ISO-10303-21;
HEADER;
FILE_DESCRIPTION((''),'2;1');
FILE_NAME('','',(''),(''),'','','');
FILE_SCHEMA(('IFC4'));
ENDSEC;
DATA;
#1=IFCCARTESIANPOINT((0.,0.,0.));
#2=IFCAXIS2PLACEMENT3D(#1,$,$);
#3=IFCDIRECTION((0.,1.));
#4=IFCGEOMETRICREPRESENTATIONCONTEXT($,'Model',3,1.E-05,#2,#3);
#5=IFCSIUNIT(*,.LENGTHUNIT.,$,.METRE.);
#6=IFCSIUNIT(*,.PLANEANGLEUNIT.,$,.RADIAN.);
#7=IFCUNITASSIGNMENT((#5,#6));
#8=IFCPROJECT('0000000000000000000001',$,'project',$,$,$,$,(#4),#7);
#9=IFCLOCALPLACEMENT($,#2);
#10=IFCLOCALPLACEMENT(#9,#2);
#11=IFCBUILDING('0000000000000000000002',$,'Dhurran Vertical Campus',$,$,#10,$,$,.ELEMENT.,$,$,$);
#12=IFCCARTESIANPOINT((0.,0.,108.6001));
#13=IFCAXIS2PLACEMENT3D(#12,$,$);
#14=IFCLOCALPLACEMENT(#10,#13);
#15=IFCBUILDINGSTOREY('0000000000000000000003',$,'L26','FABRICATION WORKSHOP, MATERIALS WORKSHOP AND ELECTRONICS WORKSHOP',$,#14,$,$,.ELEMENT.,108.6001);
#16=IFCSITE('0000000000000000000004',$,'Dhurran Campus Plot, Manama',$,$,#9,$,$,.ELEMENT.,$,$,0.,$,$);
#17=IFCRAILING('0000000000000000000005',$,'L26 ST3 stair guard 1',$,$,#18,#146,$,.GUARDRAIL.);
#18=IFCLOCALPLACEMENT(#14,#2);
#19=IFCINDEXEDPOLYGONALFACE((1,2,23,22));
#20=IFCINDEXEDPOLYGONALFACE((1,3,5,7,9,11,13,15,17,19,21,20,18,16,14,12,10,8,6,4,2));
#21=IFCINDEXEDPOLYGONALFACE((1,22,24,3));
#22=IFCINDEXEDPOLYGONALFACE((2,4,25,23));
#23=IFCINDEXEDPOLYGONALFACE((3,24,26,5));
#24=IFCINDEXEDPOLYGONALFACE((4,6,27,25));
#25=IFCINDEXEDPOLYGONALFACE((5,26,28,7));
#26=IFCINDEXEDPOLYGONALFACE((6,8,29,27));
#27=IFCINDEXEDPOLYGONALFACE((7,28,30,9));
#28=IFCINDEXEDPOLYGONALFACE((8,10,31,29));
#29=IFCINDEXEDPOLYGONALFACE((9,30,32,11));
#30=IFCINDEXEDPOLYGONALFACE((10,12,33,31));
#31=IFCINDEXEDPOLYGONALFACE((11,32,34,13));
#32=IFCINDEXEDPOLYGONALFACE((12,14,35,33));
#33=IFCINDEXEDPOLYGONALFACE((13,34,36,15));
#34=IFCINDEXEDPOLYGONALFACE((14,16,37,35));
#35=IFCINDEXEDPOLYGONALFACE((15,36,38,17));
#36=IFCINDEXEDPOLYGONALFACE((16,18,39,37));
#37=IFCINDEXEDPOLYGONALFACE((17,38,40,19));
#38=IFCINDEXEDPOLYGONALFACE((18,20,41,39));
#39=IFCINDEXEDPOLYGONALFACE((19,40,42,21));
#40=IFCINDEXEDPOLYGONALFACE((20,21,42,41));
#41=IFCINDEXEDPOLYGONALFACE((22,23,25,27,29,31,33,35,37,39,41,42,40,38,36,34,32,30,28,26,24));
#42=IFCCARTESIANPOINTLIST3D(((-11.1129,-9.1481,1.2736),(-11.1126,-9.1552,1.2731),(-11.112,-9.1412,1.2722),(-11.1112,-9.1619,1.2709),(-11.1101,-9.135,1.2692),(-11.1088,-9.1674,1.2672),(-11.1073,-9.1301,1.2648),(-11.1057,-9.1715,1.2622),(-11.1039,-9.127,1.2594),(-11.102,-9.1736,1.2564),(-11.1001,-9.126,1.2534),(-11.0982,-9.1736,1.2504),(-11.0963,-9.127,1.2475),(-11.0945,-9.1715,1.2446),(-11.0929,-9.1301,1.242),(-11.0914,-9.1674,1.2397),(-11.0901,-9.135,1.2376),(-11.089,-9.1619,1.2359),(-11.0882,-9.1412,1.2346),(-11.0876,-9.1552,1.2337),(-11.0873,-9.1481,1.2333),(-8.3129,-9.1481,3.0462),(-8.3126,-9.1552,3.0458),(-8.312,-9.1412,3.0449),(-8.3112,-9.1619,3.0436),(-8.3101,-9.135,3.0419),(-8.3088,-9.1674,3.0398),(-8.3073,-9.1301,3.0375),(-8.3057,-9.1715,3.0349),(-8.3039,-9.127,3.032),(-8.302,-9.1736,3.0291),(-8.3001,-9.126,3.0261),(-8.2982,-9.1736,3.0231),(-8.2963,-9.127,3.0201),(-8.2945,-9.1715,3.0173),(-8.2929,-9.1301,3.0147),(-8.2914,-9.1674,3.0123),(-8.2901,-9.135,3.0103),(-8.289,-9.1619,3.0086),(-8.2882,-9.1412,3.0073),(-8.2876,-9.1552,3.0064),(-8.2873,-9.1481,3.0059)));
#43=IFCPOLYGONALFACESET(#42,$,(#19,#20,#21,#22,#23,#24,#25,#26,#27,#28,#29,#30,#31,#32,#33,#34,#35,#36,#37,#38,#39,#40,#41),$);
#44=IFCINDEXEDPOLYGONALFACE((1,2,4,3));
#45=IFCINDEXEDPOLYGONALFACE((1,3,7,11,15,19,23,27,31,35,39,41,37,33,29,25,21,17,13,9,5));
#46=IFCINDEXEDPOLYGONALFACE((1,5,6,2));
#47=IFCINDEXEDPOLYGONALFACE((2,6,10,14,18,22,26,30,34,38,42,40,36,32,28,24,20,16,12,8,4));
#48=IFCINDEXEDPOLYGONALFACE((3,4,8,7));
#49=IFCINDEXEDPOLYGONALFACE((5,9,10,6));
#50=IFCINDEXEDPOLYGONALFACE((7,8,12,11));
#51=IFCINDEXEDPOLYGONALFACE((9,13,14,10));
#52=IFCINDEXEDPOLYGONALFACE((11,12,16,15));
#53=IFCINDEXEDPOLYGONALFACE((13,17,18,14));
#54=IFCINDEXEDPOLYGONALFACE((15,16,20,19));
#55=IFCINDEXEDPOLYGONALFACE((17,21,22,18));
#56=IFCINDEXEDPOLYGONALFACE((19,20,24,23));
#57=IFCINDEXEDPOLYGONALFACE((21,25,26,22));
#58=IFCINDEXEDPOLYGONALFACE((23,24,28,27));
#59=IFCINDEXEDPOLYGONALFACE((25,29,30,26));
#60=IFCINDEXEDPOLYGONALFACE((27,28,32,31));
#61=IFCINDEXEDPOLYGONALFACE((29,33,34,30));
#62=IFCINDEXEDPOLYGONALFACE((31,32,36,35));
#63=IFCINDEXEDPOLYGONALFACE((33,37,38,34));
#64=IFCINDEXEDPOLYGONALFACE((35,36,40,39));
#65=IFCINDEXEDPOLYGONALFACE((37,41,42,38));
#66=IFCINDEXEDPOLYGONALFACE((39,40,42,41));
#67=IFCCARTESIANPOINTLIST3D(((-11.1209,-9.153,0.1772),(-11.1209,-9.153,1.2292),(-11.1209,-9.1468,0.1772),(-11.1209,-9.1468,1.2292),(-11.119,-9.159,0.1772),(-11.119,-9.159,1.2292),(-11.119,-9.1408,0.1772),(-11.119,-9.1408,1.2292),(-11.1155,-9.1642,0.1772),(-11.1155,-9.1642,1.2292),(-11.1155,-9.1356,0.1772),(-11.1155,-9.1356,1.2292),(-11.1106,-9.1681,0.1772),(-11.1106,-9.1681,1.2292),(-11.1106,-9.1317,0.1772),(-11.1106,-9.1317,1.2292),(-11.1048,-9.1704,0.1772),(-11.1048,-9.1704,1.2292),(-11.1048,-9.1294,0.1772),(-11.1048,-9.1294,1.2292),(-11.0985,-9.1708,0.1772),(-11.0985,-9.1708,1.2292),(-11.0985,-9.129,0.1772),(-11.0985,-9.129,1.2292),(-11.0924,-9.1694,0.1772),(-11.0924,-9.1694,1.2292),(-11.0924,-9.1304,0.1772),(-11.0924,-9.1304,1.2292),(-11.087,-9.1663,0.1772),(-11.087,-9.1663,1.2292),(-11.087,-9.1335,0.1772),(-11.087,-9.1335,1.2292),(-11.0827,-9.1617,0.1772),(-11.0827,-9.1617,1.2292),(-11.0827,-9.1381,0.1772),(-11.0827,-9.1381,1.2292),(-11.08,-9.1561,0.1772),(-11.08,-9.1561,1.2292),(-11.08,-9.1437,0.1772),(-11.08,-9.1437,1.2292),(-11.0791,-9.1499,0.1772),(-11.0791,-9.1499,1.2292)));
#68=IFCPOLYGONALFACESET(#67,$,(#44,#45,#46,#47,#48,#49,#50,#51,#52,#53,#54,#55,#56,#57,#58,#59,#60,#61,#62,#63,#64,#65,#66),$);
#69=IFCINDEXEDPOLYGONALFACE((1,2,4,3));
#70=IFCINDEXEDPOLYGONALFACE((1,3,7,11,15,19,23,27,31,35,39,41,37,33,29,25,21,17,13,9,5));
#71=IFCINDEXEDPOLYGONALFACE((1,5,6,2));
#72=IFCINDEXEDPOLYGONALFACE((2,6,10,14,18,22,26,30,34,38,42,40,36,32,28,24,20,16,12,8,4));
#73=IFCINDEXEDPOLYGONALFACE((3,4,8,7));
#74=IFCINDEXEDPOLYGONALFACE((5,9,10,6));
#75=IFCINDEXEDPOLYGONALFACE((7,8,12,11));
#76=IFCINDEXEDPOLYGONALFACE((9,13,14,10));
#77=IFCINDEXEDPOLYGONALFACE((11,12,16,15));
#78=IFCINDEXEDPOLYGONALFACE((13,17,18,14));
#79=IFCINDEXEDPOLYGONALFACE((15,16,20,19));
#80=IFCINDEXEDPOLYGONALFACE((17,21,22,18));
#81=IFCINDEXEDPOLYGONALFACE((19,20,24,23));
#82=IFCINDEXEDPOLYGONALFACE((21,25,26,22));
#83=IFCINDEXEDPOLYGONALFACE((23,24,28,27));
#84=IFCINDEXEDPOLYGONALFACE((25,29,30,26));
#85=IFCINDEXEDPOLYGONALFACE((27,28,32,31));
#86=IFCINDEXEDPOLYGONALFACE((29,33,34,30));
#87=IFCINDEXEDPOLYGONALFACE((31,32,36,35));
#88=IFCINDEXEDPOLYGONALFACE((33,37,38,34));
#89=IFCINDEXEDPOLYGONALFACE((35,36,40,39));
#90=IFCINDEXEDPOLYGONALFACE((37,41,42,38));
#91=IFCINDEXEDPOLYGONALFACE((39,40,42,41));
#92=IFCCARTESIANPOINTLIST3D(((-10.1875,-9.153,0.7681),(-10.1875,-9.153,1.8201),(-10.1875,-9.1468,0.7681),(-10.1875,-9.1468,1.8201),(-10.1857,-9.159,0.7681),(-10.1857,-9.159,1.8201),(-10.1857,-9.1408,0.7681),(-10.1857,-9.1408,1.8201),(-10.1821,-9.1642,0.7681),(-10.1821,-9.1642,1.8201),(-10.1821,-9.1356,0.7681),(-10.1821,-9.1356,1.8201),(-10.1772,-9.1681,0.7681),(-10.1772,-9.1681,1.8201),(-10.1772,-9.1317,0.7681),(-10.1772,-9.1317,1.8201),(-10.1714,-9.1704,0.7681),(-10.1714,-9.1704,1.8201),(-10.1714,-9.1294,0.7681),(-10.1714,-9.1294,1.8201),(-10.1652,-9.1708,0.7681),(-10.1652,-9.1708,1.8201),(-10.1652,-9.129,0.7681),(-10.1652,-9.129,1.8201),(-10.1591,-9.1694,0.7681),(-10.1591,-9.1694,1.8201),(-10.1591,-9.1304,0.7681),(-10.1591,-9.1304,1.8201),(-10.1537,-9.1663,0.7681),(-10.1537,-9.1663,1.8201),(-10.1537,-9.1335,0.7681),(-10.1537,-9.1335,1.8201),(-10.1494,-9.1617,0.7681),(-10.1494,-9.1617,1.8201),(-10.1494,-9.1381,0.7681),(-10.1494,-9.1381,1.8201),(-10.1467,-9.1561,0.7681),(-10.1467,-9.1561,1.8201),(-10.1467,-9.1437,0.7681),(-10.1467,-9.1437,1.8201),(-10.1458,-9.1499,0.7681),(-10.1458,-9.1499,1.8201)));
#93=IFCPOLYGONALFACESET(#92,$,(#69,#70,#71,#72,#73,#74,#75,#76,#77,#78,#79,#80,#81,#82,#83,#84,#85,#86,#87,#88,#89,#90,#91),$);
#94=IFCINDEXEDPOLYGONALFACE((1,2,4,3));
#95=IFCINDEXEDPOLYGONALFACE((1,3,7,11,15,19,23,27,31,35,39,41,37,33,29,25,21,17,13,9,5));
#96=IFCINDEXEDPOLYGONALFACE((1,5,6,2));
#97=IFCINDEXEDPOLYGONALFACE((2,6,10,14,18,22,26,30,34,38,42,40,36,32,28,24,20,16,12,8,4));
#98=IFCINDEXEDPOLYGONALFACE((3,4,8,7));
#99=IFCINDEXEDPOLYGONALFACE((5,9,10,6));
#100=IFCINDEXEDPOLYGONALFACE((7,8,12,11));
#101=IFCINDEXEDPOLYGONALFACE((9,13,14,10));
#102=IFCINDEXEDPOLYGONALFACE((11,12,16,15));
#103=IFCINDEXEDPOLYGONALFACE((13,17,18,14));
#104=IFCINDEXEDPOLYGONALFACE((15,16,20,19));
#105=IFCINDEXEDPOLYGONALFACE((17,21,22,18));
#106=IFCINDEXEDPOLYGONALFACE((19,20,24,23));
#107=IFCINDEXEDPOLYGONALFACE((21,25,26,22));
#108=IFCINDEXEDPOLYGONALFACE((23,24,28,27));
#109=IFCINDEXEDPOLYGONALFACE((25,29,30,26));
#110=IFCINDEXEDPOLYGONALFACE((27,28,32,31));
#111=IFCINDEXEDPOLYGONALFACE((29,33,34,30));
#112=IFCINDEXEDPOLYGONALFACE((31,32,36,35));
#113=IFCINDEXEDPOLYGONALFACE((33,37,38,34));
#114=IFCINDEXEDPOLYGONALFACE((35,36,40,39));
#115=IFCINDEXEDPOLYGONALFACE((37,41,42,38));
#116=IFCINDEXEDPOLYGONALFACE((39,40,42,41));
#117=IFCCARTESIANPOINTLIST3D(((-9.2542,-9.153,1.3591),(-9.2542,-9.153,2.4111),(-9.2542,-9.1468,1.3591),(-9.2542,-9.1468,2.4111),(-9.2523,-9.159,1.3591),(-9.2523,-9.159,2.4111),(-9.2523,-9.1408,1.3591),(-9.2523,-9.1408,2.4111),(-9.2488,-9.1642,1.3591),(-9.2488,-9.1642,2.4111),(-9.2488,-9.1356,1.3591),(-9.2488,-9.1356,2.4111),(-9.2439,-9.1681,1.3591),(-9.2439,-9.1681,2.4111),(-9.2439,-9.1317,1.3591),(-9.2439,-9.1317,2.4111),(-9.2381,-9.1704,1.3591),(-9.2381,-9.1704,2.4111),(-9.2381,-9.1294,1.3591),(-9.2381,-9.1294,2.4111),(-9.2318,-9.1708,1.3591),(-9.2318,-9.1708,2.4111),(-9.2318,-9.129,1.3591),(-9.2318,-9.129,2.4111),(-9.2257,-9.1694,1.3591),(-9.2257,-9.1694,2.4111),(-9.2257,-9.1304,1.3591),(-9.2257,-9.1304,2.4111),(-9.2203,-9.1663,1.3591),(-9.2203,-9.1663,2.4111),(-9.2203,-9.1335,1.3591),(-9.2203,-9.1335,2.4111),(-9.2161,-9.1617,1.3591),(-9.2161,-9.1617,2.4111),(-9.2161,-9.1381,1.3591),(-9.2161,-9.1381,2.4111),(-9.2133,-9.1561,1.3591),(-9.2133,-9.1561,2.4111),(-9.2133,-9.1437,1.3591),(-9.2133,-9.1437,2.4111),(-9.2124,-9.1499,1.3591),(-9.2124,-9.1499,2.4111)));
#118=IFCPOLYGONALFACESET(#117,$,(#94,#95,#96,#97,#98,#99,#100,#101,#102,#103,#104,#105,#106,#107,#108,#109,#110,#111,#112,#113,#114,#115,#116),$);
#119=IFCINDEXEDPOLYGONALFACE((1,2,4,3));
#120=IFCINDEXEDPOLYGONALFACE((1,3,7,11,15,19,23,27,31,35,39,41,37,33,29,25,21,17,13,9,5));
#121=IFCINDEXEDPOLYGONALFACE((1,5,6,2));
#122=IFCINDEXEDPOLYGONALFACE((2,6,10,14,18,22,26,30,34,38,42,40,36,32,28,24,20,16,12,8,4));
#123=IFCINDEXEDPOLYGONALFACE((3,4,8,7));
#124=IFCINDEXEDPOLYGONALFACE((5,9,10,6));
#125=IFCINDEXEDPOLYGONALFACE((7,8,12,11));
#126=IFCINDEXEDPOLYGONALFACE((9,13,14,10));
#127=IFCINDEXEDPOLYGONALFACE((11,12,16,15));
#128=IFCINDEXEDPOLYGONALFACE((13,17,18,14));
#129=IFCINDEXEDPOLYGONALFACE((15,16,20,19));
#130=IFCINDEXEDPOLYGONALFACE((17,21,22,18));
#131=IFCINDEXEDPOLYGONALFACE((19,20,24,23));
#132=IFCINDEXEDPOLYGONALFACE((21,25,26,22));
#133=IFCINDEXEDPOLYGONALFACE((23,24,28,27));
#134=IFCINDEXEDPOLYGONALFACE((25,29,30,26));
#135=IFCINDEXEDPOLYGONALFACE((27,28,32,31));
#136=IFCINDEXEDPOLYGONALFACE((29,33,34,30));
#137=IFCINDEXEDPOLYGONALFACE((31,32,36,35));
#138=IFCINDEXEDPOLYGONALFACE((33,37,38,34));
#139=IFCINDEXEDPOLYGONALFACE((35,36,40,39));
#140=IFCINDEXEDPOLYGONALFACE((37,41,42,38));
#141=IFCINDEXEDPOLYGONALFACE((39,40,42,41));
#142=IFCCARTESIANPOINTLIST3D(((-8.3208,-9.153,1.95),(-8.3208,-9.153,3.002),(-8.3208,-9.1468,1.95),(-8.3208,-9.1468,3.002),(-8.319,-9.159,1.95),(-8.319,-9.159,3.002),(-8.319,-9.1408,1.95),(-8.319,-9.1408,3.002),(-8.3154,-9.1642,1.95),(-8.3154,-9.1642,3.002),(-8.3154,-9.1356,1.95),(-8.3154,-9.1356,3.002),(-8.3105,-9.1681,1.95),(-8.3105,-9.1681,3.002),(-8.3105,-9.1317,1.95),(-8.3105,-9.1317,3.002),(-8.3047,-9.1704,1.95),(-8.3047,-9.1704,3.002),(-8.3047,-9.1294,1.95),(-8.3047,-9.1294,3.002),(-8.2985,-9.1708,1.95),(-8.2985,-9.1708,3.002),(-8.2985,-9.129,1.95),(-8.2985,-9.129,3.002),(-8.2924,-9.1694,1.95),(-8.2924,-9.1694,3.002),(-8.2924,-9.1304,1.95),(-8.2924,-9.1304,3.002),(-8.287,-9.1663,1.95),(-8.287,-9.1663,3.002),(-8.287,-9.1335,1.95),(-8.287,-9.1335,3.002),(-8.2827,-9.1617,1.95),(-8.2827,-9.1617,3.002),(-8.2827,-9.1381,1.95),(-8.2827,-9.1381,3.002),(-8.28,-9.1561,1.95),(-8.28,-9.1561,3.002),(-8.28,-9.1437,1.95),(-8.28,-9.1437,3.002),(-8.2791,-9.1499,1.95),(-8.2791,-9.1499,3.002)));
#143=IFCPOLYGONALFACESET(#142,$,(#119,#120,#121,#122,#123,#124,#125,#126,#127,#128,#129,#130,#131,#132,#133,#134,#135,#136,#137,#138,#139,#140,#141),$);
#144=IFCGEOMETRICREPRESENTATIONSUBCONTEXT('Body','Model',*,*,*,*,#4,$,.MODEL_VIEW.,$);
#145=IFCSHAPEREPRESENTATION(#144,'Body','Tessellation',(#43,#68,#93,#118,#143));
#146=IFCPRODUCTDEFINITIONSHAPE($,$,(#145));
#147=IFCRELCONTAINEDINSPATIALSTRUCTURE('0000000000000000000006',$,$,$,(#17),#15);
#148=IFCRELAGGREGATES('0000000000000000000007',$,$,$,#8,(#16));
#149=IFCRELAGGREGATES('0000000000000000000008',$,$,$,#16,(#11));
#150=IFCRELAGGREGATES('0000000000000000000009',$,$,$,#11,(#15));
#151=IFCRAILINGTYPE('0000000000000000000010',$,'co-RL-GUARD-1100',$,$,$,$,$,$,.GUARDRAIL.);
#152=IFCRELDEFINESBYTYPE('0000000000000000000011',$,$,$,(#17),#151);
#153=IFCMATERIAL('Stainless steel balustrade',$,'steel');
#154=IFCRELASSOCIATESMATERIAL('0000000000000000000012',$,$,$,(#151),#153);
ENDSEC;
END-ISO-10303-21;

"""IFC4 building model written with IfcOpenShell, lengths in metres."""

from ifc_helpers import new_model, si_unit, direction, frame, origin, origin_2d, place, context, subcontext, project, spatial, circle, extrude, material, type_object, element, save


model = new_model("IFC4")

# Units and contexts
model_context = context("Model", 3, precision=1e-05, world=origin(), true_north=direction((0.0, 1.0)))
body_context = subcontext(model_context, "Body", "Model", "MODEL_VIEW")
ifc_project = project(units=[si_unit("LENGTHUNIT", "METRE"), si_unit("PLANEANGLEUNIT", "RADIAN")], contexts=[model_context])

# Site, building, storey
site_placement = place(None, origin())
site = spatial("IfcSite", under=ifc_project, at=site_placement, Name="Dhurran Campus Plot, Manama", CompositionType="ELEMENT", RefElevation=0.0)
building_placement = place(site_placement, origin())
building = spatial("IfcBuilding", under=site, at=building_placement, Name="Dhurran Vertical Campus", CompositionType="ELEMENT")
storey_placement = place(building_placement, frame((0.0, 0.0, 108.6001)))
storey = spatial("IfcBuildingStorey", under=building, at=storey_placement, Name="L26", Description="FABRICATION WORKSHOP, MATERIALS WORKSHOP AND ELECTRONICS WORKSHOP", CompositionType="ELEMENT", Elevation=108.6001)

# Railing
ifc_material_1 = material(Name="Stainless steel balustrade", Category="steel")
railing_type_1 = type_object("IfcRailingType", Name="co-RL-GUARD-1100", PredefinedType="GUARDRAIL", material=ifc_material_1)
railing_1_placement = place(storey_placement, frame((-11.1001, -9.1499, 0.1772)))
element("IfcRailing", 1, at=railing_1_placement, inside=storey, type_object=railing_type_1, Name="L26 ST3 stair guard 1", PredefinedType="GUARDRAIL", context=body_context, shape_type="SweptSolid", body=[
    extrude(circle(Radius=0.0239, at=origin_2d()), frame((0.0, 0.0, 1.0762), z_axis=(0.844909, 0.0, 0.53491), x_axis=(0.0, 1.0, 0.0)), (0.0, 0.0, 1.0), 3.314),
    extrude(circle(Radius=0.021, at=origin_2d()), origin(), (0.0, 0.0, 1.0), 1.052),
    extrude(circle(Radius=0.021, at=origin_2d()), frame((0.9333, 0.0, 0.5908)), (0.0, 0.0, 1.0), 1.052),
    extrude(circle(Radius=0.021, at=origin_2d()), frame((1.8667, 0.0, 1.1819)), (0.0, 0.0, 1.0), 1.052),
    extrude(circle(Radius=0.021, at=origin_2d()), frame((2.8, 0.0, 1.7727)), (0.0, 0.0, 1.0), 1.052),
])

save(model, "model.ifc")
